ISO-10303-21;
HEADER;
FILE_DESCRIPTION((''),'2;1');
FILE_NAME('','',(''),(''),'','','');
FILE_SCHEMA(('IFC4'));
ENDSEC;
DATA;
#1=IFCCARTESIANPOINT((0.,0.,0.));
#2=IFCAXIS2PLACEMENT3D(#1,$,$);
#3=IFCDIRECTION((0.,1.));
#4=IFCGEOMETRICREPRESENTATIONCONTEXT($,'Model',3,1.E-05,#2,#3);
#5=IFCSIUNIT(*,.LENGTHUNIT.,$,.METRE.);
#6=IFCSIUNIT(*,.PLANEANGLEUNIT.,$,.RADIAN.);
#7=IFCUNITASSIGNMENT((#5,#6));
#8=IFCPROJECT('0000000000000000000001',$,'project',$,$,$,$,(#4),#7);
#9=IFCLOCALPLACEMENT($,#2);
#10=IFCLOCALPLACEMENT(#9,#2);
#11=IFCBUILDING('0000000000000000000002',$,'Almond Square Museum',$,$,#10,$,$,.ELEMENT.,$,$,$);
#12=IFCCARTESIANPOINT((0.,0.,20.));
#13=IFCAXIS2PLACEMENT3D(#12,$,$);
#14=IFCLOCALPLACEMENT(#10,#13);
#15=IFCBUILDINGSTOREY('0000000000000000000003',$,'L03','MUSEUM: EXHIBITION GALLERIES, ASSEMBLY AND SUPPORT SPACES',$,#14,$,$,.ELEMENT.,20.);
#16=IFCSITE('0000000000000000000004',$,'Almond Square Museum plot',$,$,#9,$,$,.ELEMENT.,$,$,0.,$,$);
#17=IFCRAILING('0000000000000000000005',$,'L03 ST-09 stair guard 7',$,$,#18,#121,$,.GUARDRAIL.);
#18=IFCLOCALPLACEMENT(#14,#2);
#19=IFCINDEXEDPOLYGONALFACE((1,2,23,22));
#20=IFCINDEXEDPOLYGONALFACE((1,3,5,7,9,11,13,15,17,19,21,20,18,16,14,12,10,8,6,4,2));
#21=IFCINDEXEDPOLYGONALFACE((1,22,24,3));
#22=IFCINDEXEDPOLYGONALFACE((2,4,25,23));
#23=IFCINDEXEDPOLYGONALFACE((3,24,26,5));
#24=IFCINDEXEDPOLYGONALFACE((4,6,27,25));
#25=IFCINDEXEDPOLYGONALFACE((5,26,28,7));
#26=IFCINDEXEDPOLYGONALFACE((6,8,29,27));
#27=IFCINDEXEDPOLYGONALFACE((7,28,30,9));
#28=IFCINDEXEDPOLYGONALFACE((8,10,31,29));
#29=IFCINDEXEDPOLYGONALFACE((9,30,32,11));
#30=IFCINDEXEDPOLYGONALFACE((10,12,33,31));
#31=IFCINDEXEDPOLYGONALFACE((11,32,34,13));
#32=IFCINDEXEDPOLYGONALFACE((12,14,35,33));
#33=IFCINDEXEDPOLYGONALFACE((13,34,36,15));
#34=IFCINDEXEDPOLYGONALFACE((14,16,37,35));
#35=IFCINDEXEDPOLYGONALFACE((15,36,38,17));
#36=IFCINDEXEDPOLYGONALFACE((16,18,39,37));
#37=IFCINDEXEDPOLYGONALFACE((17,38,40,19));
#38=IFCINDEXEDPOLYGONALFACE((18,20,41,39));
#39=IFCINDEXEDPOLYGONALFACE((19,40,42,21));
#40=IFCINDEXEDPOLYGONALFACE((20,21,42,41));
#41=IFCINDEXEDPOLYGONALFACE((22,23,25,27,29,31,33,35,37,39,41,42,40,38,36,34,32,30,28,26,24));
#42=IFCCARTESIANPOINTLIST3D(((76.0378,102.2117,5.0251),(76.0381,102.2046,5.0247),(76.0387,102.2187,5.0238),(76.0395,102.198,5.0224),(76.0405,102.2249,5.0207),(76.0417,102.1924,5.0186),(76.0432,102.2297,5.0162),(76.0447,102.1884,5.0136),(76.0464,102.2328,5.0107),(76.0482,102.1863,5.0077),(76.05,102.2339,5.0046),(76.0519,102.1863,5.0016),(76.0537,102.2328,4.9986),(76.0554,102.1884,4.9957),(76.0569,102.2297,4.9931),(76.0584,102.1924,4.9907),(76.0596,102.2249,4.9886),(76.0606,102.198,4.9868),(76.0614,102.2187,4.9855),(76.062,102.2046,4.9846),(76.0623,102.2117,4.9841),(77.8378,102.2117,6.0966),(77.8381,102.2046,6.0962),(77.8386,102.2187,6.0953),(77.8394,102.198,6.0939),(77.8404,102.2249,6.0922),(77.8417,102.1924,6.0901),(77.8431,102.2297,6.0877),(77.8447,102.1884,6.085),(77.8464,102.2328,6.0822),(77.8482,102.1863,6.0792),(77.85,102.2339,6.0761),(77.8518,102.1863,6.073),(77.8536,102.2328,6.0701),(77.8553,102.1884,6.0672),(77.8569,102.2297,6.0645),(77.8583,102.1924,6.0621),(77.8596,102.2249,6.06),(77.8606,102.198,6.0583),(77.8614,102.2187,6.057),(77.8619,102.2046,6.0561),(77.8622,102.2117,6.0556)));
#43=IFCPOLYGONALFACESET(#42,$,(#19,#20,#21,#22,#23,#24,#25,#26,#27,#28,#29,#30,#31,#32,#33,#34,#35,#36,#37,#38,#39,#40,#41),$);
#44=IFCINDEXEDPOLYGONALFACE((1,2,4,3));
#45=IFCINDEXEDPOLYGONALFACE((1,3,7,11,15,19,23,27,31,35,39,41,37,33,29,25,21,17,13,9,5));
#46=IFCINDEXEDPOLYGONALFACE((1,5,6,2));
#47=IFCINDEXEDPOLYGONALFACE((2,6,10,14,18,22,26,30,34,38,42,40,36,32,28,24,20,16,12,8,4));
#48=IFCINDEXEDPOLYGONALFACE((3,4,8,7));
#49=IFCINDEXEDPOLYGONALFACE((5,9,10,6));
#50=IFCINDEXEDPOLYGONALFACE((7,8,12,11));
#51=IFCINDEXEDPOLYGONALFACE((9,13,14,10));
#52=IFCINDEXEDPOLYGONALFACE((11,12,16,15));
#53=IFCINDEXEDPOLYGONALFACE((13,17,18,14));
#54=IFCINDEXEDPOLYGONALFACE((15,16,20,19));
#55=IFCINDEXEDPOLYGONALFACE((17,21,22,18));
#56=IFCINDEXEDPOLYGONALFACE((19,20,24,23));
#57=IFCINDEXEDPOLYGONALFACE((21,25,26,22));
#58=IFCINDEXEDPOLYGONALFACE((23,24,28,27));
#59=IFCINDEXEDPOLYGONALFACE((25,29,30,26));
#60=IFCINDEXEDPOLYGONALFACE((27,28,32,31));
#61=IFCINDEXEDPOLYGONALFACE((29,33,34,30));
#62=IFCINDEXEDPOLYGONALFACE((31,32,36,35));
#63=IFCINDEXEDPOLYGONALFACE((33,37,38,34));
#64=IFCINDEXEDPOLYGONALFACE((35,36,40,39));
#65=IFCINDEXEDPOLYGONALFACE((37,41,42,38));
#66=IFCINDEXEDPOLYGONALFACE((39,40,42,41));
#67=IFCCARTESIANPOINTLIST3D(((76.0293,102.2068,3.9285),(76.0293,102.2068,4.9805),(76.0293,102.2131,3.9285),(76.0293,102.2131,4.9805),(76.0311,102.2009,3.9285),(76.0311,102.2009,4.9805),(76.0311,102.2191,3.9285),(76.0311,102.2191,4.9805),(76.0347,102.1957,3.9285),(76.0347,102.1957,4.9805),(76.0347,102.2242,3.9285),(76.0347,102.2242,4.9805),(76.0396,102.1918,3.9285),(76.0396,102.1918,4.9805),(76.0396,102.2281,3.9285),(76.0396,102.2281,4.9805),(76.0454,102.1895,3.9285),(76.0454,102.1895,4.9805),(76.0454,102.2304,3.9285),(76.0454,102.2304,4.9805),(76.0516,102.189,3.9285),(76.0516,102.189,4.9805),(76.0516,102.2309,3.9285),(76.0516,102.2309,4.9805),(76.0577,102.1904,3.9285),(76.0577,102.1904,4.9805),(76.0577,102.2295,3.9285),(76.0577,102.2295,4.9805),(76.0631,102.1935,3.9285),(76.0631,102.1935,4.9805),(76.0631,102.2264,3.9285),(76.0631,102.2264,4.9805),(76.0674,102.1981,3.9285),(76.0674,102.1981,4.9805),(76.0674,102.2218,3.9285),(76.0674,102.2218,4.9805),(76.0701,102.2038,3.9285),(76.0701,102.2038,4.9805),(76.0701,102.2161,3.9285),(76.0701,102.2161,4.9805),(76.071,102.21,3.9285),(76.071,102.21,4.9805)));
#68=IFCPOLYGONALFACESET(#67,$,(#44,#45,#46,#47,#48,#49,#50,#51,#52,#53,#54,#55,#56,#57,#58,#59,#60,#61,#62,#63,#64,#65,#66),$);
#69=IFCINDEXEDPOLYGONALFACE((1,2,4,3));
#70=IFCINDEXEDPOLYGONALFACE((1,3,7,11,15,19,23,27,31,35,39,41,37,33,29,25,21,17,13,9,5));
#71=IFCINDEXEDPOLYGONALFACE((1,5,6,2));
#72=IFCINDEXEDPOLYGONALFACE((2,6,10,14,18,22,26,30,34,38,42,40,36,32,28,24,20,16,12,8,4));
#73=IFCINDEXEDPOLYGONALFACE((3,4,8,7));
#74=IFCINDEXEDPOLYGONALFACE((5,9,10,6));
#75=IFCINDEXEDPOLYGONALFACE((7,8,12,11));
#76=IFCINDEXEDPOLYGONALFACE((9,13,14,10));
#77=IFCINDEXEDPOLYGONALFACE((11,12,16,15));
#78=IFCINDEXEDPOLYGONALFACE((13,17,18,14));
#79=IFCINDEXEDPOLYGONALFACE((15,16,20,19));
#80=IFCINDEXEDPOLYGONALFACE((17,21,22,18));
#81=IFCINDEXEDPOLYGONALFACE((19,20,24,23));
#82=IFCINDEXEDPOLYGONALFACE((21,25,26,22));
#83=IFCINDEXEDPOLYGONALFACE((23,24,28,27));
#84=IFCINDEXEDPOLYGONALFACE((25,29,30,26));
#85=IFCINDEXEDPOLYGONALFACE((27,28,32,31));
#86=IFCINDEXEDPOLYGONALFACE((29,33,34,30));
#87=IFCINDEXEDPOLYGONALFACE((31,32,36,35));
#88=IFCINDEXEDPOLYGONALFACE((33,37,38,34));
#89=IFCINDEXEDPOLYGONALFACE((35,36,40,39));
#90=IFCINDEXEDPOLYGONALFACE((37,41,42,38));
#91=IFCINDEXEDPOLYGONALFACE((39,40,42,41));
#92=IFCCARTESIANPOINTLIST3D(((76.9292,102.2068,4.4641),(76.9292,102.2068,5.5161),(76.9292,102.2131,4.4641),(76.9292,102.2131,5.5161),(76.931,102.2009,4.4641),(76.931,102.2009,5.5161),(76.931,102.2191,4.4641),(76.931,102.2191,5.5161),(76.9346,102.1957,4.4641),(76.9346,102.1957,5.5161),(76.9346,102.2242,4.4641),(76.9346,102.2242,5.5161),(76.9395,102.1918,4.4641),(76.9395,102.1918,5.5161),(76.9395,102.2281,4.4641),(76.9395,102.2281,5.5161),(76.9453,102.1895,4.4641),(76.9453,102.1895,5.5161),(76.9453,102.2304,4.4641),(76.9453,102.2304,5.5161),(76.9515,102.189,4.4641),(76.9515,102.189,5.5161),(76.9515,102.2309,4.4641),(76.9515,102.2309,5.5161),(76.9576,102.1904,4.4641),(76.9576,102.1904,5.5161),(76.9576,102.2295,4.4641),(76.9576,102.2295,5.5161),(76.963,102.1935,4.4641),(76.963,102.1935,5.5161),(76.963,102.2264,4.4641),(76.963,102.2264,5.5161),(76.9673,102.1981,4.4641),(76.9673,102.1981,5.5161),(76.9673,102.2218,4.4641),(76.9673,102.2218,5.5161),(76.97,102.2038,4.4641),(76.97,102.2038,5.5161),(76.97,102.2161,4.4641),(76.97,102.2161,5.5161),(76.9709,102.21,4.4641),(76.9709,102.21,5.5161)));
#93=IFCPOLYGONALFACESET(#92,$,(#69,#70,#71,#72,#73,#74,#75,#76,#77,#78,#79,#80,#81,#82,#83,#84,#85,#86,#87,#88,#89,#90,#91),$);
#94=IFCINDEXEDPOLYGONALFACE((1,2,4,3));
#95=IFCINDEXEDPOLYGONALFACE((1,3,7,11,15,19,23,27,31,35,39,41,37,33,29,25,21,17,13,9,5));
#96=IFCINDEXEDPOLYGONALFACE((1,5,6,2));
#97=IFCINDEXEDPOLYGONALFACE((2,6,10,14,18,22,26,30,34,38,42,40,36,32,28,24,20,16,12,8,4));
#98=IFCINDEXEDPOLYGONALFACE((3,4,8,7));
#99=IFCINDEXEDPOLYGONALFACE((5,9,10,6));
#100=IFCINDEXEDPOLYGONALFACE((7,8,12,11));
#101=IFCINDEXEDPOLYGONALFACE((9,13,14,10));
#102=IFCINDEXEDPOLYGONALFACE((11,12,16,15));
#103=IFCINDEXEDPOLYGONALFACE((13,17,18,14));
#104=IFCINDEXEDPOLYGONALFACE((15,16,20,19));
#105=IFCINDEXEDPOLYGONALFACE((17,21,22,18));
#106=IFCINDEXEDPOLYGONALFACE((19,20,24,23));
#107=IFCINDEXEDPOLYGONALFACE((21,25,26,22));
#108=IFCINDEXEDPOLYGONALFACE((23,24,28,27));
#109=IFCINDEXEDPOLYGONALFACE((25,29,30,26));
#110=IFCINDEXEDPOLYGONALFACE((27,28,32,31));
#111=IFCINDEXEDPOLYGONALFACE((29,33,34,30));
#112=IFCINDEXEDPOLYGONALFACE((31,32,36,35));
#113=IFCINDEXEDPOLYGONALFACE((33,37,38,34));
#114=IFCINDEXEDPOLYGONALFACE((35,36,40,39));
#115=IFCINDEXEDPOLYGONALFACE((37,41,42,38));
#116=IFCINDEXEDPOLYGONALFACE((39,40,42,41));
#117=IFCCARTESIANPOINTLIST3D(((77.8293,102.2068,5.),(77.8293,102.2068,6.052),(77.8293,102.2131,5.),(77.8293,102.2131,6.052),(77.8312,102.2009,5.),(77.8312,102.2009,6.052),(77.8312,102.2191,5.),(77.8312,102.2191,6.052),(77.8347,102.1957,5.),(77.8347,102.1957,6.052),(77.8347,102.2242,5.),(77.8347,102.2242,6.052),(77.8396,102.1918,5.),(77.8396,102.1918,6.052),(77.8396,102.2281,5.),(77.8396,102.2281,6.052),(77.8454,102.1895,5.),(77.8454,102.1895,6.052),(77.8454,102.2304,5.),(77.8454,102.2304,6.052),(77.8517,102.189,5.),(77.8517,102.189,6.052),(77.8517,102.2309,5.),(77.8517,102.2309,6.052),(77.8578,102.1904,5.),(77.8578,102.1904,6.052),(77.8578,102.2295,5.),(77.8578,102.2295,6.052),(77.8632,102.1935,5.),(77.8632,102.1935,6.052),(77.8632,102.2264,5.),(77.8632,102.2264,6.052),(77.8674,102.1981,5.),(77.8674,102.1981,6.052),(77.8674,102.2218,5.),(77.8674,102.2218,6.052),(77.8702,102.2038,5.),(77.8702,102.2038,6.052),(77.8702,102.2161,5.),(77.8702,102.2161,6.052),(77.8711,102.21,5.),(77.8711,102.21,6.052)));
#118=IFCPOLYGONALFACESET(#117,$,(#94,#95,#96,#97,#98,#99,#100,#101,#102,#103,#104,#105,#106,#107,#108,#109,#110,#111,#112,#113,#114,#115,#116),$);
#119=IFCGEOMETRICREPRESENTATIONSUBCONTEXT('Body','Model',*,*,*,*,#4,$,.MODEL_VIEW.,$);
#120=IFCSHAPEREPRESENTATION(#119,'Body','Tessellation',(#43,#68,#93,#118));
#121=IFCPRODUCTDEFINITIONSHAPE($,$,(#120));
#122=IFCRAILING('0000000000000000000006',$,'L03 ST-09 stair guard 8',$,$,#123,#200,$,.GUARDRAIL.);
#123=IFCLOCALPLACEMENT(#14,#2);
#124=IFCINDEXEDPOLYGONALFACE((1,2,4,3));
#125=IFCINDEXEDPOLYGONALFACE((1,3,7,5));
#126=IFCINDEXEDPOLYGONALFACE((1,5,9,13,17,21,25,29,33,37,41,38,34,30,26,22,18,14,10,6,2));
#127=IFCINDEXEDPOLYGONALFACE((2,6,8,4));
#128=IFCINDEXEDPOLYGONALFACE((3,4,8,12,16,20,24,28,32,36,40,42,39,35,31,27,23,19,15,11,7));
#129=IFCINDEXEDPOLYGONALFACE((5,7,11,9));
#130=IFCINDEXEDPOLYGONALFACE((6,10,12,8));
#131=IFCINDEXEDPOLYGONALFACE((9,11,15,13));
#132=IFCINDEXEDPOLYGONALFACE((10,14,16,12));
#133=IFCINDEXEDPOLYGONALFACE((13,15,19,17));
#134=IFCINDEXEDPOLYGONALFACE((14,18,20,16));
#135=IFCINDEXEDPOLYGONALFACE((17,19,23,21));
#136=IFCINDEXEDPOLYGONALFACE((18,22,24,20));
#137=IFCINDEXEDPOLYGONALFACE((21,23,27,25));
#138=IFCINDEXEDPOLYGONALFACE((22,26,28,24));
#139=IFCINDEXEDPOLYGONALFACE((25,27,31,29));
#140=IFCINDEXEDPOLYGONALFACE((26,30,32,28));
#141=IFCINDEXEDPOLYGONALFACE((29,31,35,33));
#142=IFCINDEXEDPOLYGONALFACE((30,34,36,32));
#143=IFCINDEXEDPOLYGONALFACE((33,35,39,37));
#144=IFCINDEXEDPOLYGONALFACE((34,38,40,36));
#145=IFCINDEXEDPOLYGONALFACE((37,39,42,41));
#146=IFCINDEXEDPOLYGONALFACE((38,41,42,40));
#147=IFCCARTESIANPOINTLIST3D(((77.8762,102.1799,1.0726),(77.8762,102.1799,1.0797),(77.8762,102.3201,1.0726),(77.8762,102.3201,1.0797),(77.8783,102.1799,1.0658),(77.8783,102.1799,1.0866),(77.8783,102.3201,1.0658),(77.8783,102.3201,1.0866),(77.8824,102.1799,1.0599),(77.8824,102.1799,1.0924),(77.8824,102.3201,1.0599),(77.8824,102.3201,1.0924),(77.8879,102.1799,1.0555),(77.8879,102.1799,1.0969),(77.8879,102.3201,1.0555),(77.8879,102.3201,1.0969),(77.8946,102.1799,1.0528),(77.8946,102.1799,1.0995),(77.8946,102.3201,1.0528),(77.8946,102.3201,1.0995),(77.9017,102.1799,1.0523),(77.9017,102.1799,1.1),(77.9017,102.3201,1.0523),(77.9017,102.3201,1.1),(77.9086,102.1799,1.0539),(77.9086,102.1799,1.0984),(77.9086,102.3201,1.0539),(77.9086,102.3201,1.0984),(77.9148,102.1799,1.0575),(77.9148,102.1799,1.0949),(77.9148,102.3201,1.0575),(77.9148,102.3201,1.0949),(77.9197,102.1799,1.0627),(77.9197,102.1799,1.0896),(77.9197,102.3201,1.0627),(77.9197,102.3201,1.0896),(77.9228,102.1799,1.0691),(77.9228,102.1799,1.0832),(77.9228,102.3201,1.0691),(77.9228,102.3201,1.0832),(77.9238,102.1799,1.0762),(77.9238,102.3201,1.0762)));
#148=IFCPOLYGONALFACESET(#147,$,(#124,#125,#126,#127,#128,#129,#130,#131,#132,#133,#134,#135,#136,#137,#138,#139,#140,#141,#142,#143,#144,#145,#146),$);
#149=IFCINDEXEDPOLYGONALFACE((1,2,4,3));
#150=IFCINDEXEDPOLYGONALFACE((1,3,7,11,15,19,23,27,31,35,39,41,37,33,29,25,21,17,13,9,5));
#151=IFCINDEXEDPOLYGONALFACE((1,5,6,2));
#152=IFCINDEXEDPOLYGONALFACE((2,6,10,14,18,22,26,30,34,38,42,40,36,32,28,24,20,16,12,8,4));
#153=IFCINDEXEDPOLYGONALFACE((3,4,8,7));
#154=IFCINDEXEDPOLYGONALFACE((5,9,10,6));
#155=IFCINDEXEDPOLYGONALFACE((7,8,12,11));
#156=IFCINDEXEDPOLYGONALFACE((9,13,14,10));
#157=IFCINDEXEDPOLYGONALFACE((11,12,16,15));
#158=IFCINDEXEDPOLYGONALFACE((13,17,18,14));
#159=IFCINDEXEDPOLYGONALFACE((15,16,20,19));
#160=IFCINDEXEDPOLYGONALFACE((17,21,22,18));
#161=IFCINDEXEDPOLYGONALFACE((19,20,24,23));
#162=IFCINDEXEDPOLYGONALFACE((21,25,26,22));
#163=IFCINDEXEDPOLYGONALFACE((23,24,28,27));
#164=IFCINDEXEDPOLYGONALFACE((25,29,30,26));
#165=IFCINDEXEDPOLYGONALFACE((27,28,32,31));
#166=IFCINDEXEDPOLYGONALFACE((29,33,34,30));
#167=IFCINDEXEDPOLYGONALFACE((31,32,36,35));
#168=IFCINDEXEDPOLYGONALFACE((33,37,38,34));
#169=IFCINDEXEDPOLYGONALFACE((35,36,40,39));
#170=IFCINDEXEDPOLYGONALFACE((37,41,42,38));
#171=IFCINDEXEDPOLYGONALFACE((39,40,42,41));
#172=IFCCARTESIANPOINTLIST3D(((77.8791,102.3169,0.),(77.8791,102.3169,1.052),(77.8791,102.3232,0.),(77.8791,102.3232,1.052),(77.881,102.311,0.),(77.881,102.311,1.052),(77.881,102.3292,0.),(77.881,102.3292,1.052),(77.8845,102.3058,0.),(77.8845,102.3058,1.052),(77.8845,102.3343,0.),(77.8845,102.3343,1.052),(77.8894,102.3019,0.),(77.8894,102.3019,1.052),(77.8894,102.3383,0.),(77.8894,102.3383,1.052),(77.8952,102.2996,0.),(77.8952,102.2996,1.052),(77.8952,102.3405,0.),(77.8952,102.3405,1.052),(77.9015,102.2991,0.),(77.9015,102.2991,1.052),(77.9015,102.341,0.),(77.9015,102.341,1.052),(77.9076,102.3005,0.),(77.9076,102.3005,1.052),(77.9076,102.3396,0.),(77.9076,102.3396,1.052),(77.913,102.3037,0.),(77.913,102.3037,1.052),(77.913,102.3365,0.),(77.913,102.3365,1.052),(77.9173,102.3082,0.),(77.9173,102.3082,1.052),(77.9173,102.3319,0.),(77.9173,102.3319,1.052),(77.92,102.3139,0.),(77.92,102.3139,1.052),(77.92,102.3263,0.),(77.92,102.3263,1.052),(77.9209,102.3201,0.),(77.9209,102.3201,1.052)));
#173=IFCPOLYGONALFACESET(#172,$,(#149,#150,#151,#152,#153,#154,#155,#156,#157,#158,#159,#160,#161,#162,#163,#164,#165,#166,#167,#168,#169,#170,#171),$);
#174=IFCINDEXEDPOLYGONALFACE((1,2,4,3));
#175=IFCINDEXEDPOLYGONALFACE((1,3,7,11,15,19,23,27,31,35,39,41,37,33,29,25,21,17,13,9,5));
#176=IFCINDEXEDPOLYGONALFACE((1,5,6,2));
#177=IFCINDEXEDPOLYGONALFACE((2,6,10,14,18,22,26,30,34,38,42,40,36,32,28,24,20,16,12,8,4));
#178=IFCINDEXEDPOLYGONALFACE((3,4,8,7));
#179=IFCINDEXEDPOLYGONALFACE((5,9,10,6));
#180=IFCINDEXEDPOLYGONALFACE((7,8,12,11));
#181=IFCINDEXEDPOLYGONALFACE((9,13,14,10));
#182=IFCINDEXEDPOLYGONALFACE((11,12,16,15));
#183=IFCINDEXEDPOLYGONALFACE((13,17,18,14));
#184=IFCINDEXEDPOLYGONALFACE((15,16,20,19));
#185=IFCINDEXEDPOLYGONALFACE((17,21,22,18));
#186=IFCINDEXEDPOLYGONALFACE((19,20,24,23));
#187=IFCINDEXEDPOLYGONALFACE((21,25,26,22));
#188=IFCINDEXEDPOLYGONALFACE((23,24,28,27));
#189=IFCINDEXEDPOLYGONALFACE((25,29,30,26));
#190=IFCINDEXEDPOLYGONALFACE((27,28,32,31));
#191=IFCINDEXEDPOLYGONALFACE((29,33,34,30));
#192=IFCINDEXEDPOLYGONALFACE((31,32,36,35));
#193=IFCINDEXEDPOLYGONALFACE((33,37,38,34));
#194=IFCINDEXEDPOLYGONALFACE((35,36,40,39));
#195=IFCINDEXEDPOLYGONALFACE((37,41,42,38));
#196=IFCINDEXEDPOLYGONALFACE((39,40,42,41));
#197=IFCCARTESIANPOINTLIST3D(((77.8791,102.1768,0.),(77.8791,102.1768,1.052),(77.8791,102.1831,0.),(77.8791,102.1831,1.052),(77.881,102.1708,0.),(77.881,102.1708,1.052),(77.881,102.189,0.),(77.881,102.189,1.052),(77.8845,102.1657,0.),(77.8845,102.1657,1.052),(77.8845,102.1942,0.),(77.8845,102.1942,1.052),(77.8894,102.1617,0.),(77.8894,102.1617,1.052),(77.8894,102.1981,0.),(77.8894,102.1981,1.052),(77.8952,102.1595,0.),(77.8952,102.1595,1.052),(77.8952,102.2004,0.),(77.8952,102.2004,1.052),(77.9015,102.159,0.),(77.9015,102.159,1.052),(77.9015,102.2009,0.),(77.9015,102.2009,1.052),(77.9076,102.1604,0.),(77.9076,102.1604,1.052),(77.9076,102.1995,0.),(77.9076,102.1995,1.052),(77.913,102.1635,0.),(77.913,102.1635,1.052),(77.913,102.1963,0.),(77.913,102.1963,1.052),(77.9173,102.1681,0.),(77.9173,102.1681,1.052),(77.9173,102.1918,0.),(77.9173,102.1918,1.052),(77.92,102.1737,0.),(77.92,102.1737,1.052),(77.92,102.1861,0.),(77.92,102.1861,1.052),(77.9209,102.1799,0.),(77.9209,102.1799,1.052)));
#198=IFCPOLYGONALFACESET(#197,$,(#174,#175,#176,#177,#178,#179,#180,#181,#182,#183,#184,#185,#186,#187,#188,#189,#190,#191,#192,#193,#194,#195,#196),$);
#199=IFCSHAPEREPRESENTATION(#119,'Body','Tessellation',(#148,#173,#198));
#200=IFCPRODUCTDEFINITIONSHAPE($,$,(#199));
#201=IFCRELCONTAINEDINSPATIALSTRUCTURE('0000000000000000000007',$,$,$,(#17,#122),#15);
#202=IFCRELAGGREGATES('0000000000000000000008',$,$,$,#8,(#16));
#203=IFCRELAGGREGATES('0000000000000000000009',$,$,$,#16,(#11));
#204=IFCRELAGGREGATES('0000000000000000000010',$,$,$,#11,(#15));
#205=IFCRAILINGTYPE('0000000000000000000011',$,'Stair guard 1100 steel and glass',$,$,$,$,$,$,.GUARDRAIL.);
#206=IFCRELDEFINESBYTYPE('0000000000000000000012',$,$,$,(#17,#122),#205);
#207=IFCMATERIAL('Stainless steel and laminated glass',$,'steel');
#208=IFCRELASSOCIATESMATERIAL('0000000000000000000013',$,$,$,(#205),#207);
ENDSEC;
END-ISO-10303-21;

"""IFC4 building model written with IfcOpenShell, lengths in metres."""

from ifc_helpers import new_model, si_unit, direction, frame, origin, origin_2d, place, context, subcontext, project, spatial, circle, extrude, material, type_object, element, save


model = new_model("IFC4")

# Units and contexts
model_context = context("Model", 3, precision=1e-05, world=origin(), true_north=direction((0.0, 1.0)))
body_context = subcontext(model_context, "Body", "Model", "MODEL_VIEW")
ifc_project = project(units=[si_unit("LENGTHUNIT", "METRE"), si_unit("PLANEANGLEUNIT", "RADIAN")], contexts=[model_context])

# Site, building, storey
site_placement = place(None, origin())
site = spatial("IfcSite", under=ifc_project, at=site_placement, Name="Almond Square Museum plot", CompositionType="ELEMENT", RefElevation=0.0)
building_placement = place(site_placement, origin())
building = spatial("IfcBuilding", under=site, at=building_placement, Name="Almond Square Museum", CompositionType="ELEMENT")
storey_placement = place(building_placement, frame((0.0, 0.0, 20.0)))
storey = spatial("IfcBuildingStorey", under=building, at=storey_placement, Name="L03", Description="MUSEUM: EXHIBITION GALLERIES, ASSEMBLY AND SUPPORT SPACES", CompositionType="ELEMENT", Elevation=20.0)

# Railings
ifc_material_1 = material(Name="Stainless steel and laminated glass", Category="steel")
railing_type_1 = type_object("IfcRailingType", Name="Stair guard 1100 steel and glass", PredefinedType="GUARDRAIL", material=ifc_material_1)
railing_1_placement = place(storey_placement, frame((76.05, 102.21, 3.9285)))
element("IfcRailing", 1, at=railing_1_placement, inside=storey, type_object=railing_type_1, Name="L03 ST-09 stair guard 7", PredefinedType="GUARDRAIL", context=body_context, shape_type="SweptSolid", body=[
    extrude(circle(Radius=0.0239, at=origin_2d()), frame((0.0, 0.0, 1.0762), z_axis=(0.859277, 0.0, 0.51151), x_axis=(0.0, 1.0, 0.0)), (0.0, 0.0, 1.0), 2.0947),
    extrude(circle(Radius=0.021, at=origin_2d()), origin(), (0.0, 0.0, 1.0), 1.052),
    extrude(circle(Radius=0.021, at=origin_2d()), frame((0.8999, 0.0, 0.5356)), (0.0, 0.0, 1.0), 1.052),
    extrude(circle(Radius=0.021, at=origin_2d()), frame((1.8, 0.0, 1.0715)), (0.0, 0.0, 1.0), 1.052),
])
railing_2_placement = place(storey_placement, frame((77.8999, 102.3201, 0.0)))
element("IfcRailing", 2, at=railing_2_placement, inside=storey, type_object=railing_type_1, Name="L03 ST-09 stair guard 8", PredefinedType="GUARDRAIL", context=body_context, shape_type="SweptSolid", body=[
    extrude(circle(Radius=0.0239, at=origin_2d()), frame((0.0, 0.0, 1.0762), z_axis=(0.0, -1.0, 0.0), x_axis=(1.0, 0.0, 0.0)), (0.0, 0.0, 1.0), 0.1401),
    extrude(circle(Radius=0.021, at=origin_2d()), origin(), (0.0, 0.0, 1.0), 1.052),
    extrude(circle(Radius=0.021, at=origin_2d()), frame((0.0, -0.1401, 0.0)), (0.0, 0.0, 1.0), 1.052),
])

save(model, "model.ifc")
